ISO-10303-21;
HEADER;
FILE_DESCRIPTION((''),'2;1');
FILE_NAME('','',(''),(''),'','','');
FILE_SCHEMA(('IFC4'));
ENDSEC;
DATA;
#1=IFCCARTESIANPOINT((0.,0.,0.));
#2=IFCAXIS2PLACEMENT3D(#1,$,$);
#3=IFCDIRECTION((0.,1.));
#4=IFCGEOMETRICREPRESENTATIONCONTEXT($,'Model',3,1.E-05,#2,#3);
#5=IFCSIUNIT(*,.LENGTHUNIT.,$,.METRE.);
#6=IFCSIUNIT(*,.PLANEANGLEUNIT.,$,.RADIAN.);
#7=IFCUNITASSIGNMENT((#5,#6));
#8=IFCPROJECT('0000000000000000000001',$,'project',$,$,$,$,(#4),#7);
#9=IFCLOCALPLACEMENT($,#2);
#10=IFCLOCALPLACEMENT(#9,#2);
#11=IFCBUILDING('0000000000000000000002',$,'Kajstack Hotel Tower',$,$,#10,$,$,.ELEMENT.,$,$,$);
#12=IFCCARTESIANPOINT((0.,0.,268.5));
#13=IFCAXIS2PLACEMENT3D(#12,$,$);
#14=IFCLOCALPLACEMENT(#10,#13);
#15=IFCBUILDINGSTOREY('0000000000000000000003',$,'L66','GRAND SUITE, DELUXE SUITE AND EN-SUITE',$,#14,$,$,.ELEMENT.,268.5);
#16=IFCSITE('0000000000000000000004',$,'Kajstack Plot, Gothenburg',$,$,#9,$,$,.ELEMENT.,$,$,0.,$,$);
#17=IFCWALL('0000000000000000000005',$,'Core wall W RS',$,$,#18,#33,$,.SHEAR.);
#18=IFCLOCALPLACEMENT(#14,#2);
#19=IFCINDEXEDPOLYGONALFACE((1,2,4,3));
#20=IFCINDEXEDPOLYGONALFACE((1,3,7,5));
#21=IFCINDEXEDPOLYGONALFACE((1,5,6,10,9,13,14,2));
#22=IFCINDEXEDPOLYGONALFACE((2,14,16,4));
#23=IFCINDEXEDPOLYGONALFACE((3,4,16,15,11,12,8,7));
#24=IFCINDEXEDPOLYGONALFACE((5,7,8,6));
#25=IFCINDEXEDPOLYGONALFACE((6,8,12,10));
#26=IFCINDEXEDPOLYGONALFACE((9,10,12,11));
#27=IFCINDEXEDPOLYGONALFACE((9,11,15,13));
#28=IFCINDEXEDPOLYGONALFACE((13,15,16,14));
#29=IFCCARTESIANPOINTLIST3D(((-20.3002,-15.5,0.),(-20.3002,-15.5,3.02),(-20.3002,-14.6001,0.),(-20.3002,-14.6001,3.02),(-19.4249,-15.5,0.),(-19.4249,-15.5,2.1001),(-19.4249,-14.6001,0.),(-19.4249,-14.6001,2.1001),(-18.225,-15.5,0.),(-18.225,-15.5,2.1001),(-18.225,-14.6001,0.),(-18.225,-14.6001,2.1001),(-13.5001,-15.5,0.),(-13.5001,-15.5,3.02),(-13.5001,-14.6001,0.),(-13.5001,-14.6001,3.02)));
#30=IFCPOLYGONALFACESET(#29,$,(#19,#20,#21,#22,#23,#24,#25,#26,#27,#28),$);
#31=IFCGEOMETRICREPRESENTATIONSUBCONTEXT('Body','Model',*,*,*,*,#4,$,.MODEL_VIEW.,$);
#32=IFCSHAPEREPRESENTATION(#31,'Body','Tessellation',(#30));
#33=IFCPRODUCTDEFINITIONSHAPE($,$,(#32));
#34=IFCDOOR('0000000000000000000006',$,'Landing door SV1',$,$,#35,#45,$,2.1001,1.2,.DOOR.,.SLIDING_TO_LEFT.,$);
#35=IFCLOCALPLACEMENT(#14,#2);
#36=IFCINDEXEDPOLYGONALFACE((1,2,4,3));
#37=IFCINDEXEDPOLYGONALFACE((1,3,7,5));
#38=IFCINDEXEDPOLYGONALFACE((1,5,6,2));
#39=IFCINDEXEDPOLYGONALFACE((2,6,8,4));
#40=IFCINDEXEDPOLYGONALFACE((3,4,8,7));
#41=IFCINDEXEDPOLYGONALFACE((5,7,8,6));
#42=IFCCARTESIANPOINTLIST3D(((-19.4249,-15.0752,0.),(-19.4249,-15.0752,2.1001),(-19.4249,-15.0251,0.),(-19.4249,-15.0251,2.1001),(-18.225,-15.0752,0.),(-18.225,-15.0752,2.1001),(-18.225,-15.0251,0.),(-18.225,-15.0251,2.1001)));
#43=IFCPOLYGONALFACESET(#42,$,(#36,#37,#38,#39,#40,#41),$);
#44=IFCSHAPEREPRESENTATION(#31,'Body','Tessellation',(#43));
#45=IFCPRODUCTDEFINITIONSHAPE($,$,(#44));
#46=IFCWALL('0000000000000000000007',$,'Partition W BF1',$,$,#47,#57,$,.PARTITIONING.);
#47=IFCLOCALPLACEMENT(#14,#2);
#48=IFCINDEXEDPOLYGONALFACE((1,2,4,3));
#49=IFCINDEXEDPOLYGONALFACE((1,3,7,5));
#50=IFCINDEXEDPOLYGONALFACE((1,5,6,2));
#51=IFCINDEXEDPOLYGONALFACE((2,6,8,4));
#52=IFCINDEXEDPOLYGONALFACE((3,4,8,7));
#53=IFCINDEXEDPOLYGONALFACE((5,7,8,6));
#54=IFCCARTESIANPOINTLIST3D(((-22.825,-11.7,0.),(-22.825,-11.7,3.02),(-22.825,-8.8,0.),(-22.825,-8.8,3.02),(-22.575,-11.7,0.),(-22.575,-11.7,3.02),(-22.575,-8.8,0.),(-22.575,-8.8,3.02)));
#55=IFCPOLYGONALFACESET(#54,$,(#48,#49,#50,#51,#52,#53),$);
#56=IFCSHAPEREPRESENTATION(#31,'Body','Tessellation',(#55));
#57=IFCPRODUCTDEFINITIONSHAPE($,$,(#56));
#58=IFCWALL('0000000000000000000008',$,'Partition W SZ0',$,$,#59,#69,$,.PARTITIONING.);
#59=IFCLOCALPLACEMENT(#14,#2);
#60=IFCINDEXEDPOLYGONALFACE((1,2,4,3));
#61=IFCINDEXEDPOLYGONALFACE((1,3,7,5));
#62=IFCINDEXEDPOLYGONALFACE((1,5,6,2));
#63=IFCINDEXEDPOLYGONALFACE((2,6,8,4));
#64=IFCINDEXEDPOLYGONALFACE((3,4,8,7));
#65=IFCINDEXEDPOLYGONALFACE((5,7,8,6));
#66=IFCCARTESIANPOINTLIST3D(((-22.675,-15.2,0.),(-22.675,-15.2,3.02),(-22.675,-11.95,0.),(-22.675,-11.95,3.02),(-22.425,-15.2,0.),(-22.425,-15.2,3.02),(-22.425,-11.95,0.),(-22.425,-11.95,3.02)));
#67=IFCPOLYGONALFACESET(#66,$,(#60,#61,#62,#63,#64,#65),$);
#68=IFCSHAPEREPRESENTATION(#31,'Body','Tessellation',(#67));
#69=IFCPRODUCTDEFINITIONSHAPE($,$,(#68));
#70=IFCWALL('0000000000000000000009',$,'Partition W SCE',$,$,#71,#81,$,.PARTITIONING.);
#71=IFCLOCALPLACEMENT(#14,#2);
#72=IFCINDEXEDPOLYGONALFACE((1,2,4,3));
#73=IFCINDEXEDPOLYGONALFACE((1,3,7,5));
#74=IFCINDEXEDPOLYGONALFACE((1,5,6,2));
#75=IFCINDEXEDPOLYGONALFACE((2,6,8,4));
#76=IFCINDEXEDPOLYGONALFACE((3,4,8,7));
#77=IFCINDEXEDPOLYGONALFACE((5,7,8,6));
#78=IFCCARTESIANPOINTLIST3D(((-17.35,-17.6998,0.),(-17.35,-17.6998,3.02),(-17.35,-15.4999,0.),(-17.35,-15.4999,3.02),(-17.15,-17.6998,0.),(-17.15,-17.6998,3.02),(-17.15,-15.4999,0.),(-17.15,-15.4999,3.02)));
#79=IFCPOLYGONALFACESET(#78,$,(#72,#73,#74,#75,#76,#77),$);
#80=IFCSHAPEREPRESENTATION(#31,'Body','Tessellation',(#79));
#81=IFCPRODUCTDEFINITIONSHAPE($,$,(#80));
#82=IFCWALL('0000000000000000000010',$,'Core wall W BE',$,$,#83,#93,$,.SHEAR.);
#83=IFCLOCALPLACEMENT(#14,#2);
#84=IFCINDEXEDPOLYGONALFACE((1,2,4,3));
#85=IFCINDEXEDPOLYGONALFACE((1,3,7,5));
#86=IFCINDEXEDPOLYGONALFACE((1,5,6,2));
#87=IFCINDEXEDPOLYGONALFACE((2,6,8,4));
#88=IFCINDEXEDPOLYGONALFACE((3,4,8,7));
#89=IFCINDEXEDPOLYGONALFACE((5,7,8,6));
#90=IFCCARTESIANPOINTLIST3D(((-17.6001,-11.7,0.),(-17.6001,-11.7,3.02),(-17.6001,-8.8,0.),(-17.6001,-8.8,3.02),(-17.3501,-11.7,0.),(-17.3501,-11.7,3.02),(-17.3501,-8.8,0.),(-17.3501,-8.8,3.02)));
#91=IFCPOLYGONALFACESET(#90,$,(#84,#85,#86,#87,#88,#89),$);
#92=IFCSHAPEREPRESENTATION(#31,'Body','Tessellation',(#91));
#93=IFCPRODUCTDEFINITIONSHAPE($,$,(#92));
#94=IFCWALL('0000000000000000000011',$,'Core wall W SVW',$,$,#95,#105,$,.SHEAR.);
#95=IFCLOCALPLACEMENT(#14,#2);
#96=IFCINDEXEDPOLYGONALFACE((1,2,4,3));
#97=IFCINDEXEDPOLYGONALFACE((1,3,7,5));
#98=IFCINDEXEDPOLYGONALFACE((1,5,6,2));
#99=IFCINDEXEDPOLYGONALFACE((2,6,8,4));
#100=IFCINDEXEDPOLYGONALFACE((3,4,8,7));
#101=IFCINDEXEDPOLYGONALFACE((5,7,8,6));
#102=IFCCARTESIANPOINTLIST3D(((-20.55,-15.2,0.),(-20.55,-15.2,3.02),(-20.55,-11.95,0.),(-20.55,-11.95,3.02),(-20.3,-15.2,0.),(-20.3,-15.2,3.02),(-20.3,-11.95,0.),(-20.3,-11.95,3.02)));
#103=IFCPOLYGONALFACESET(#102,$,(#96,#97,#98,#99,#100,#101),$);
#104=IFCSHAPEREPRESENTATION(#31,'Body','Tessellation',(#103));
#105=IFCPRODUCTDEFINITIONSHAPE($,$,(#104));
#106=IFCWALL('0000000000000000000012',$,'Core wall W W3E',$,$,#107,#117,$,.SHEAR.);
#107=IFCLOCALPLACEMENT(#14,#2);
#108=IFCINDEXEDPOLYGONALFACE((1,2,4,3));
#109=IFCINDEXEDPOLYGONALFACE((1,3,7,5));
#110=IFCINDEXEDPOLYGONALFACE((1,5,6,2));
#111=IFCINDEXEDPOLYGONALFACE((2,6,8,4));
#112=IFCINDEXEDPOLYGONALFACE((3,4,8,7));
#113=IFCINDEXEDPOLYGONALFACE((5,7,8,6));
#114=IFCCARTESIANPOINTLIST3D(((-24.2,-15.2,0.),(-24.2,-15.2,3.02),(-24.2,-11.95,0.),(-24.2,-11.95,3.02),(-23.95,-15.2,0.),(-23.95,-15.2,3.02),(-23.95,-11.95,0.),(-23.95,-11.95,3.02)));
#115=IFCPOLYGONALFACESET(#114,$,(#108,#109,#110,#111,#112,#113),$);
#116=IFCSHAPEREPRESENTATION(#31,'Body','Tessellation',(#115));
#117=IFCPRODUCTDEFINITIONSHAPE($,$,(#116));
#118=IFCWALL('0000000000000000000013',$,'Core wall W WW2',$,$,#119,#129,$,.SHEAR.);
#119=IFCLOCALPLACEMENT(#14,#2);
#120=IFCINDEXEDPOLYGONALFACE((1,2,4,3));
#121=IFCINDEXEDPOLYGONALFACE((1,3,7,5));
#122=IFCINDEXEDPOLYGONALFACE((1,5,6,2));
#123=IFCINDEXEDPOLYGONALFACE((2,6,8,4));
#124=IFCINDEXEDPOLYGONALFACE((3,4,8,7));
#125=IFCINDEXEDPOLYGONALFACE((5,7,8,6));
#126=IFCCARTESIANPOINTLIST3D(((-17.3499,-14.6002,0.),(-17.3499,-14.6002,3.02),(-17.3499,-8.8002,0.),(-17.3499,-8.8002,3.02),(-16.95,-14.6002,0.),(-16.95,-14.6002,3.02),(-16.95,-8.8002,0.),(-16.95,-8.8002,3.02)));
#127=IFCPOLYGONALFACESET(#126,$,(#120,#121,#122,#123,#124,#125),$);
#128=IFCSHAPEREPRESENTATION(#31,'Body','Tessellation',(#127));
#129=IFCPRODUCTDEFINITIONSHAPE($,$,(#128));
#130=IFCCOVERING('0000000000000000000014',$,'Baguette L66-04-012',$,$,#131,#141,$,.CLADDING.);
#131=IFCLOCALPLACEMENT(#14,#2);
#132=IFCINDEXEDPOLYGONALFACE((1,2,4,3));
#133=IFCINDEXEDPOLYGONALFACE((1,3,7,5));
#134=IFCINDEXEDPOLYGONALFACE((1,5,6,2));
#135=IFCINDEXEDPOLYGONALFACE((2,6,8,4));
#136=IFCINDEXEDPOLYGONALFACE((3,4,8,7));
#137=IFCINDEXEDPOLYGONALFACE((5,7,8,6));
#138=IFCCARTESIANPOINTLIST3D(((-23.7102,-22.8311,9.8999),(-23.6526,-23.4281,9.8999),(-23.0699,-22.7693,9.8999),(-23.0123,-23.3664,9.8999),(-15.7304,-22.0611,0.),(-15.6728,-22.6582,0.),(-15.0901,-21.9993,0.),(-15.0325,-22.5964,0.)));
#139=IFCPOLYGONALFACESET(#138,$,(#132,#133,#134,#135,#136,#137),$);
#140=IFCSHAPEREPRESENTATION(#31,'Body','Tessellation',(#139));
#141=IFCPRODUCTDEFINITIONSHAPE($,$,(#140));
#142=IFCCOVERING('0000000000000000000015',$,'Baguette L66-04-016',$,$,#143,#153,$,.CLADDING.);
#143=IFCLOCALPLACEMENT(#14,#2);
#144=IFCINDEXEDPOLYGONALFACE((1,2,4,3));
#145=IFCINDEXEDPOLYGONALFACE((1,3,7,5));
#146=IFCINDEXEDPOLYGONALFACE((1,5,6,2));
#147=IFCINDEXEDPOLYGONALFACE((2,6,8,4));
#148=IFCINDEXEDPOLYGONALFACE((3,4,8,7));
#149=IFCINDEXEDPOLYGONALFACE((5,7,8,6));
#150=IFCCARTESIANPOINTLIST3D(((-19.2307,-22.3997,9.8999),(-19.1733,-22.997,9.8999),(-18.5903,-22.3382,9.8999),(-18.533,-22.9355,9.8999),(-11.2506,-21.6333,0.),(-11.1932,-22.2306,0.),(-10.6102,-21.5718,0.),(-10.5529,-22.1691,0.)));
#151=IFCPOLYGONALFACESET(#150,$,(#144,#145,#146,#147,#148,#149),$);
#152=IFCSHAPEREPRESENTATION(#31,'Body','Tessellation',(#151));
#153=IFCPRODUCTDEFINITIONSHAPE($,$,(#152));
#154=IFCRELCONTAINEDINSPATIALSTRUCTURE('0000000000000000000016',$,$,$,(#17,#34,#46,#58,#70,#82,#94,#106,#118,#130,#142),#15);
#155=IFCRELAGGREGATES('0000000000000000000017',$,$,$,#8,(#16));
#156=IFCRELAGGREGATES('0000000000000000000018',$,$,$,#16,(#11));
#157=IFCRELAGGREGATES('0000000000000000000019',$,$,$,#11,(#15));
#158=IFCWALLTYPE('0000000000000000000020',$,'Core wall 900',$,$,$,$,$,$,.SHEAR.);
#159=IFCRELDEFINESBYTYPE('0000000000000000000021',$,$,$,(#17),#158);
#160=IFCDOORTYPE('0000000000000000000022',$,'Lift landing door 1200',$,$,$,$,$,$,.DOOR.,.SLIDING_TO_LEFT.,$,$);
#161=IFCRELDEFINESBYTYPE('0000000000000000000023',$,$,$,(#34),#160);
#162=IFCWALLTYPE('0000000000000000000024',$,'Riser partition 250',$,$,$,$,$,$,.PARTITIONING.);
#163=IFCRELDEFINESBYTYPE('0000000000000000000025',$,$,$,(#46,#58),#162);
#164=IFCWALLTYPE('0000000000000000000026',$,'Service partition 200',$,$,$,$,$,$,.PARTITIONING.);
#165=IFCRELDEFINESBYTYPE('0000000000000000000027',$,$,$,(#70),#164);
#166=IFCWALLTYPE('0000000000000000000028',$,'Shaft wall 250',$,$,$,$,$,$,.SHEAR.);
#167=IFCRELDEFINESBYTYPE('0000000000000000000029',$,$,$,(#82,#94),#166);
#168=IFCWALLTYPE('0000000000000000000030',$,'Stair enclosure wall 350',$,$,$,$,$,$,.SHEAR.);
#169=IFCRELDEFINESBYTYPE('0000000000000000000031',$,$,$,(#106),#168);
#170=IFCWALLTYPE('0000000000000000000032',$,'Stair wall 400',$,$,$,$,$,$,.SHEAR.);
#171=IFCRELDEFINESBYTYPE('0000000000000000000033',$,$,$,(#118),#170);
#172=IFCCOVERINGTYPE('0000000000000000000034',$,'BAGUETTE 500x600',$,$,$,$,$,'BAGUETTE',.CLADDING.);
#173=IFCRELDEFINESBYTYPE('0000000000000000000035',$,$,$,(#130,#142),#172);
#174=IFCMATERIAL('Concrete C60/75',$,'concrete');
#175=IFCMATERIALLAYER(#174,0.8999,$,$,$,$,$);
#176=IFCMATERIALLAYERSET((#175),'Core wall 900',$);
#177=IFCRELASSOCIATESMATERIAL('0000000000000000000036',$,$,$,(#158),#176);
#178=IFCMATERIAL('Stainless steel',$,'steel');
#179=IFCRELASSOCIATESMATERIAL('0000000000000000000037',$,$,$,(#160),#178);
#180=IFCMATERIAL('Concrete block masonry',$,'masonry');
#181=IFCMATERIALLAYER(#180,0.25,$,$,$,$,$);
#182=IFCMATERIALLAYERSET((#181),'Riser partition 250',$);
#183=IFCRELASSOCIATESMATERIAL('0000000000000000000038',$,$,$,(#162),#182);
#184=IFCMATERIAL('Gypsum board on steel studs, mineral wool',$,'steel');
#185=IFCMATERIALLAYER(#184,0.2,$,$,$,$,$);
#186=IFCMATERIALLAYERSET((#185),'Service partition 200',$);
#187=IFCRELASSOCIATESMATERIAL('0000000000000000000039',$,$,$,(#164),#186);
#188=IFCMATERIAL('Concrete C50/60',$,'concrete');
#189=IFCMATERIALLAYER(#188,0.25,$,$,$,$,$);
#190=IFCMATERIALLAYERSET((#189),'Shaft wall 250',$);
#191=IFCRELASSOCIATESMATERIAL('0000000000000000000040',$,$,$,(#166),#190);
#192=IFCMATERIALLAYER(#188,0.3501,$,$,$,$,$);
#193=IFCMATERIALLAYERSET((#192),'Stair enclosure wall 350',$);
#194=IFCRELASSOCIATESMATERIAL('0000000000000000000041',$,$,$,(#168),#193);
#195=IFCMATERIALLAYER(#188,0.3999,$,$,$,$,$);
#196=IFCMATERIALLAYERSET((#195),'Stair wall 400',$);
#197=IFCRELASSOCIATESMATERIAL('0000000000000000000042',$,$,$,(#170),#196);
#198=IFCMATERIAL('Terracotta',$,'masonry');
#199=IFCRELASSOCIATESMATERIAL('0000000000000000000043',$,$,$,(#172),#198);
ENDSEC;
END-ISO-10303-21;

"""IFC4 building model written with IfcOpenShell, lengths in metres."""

from ifc_helpers import new_model, si_unit, direction, frame, frame_2d, origin, origin_2d, place, context, subcontext, project, spatial, polyline, rectangle, outline, extrude, material, layer, layer_set, material_profile, profile_set, type_object, element, fill, save


model = new_model("IFC4")

# Units and contexts
model_context = context("Model", 3, precision=1e-05, world=origin(), true_north=direction((0.0, 1.0)))
body_context = subcontext(model_context, "Body", "Model", "MODEL_VIEW")
ifc_project = project(units=[si_unit("LENGTHUNIT", "METRE"), si_unit("PLANEANGLEUNIT", "RADIAN")], contexts=[model_context])

# Site, building, storey
site_placement = place(None, origin())
site = spatial("IfcSite", under=ifc_project, at=site_placement, Name="Kajstack Plot, Gothenburg", CompositionType="ELEMENT", RefElevation=0.0)
building_placement = place(site_placement, origin())
building = spatial("IfcBuilding", under=site, at=building_placement, Name="Kajstack Hotel Tower", CompositionType="ELEMENT")
storey_placement = place(building_placement, frame((0.0, 0.0, 268.5)))
storey = spatial("IfcBuildingStorey", under=building, at=storey_placement, Name="L66", Description="GRAND SUITE, DELUXE SUITE AND EN-SUITE", CompositionType="ELEMENT", Elevation=268.5)

# Wall, opening, door
ifc_material_1 = material(Name="Concrete C60/75", Category="concrete")
ifc_layer_1 = layer(ifc_material_1, 0.8999)
ifc_layer_set_1 = layer_set([ifc_layer_1], Name="Core wall 900")
wall_type_1 = type_object("IfcWallType", Name="Core wall 900", PredefinedType="SHEAR", material=ifc_layer_set_1)
wall_1_placement = place(storey_placement, frame((-20.3, -15.05, 0.0), z_axis=(0.0, 0.0, 1.0), x_axis=(1.0, 0.0, 0.0)))
wall_1 = element("IfcWall", 1, at=wall_1_placement, inside=storey, type_object=wall_type_1, Name="Core wall W RS", PredefinedType="SHEAR", context=body_context, shape_type="SweptSolid", body=[
    extrude(rectangle(XDim=6.8, YDim=0.8999, at=frame_2d((3.3999, 0.0))), origin(), (0.0, 0.0, 1.0), 3.02),
])
opening_placement = place(wall_1_placement, frame((0.875, 0.0, 0.0)))
opening = element("IfcOpeningElement", 2, at=opening_placement, cuts=wall_1, PredefinedType="OPENING", context=body_context, shape_type="SweptSolid", body=[
    extrude(rectangle(XDim=1.2, YDim=2.1001, at=frame_2d((0.6001, 1.05))), frame((0.0, 0.46, 0.0), z_axis=(0.0, -1.0, 0.0), x_axis=(1.0, 0.0, 0.0)), (0.0, 0.0, 1.0), 0.9199),
])
ifc_material_2 = material(Name="Stainless steel", Category="steel")
door_type = type_object("IfcDoorType", Name="Lift landing door 1200", OperationType="SLIDING_TO_LEFT", PredefinedType="DOOR", material=ifc_material_2)
door_placement = place(opening_placement, origin())
door = element("IfcDoor", 3, at=door_placement, inside=storey, type_object=door_type, Name="Landing door SV1", OperationType="SLIDING_TO_LEFT", OverallHeight=2.1001, OverallWidth=1.2, PredefinedType="DOOR", context=body_context, shape_type="SweptSolid", body=[
    extrude(rectangle(XDim=1.2, YDim=2.1001, at=frame_2d((0.6001, 1.05))), frame((0.0, 0.0249, 0.0), z_axis=(0.0, -1.0, 0.0), x_axis=(1.0, 0.0, 0.0)), (0.0, 0.0, 1.0), 0.05),
])
fill(opening, door)

# Walls
ifc_material_3 = material(Name="Concrete block masonry", Category="masonry")
ifc_layer_2 = layer(ifc_material_3, 0.25)
ifc_layer_set_2 = layer_set([ifc_layer_2], Name="Riser partition 250")
wall_type_2 = type_object("IfcWallType", Name="Riser partition 250", PredefinedType="PARTITIONING", material=ifc_layer_set_2)
wall_2_placement = place(storey_placement, frame((-22.7, -11.7, 0.0), z_axis=(0.0, 0.0, 1.0), x_axis=(0.0, 1.0, 0.0)))
element("IfcWall", 4, at=wall_2_placement, inside=storey, type_object=wall_type_2, Name="Partition W BF1", PredefinedType="PARTITIONING", context=body_context, shape_type="SweptSolid", body=[
    extrude(rectangle(XDim=2.8999, YDim=0.25, at=frame_2d((1.45, 0.0))), origin(), (0.0, 0.0, 1.0), 3.02),
])
wall_3_placement = place(storey_placement, frame((-22.55, -15.2, 0.0), z_axis=(0.0, 0.0, 1.0), x_axis=(0.0, 1.0, 0.0)))
element("IfcWall", 5, at=wall_3_placement, inside=storey, type_object=wall_type_2, Name="Partition W SZ0", PredefinedType="PARTITIONING", context=body_context, shape_type="SweptSolid", body=[
    extrude(rectangle(XDim=3.25, YDim=0.25, at=frame_2d((1.625, 0.0))), origin(), (0.0, 0.0, 1.0), 3.02),
])
ifc_material_4 = material(Name="Gypsum board on steel studs, mineral wool", Category="steel")
ifc_layer_3 = layer(ifc_material_4, 0.2)
ifc_layer_set_3 = layer_set([ifc_layer_3], Name="Service partition 200")
wall_type_3 = type_object("IfcWallType", Name="Service partition 200", PredefinedType="PARTITIONING", material=ifc_layer_set_3)
wall_4_placement = place(storey_placement, frame((-17.25, -17.7, 0.0), z_axis=(0.0, 0.0, 1.0), x_axis=(0.0, 1.0, 0.0)))
element("IfcWall", 6, at=wall_4_placement, inside=storey, type_object=wall_type_3, Name="Partition W SCE", PredefinedType="PARTITIONING", context=body_context, shape_type="SweptSolid", body=[
    extrude(rectangle(XDim=2.2, YDim=0.2, at=frame_2d((1.1001, 0.0))), origin(), (0.0, 0.0, 1.0), 3.02),
])
ifc_material_5 = material(Name="Concrete C50/60", Category="concrete")
ifc_layer_4 = layer(ifc_material_5, 0.25)
ifc_layer_set_4 = layer_set([ifc_layer_4], Name="Shaft wall 250")
wall_type_4 = type_object("IfcWallType", Name="Shaft wall 250", PredefinedType="SHEAR", material=ifc_layer_set_4)
wall_5_placement = place(storey_placement, frame((-17.4751, -11.7, 0.0), z_axis=(0.0, 0.0, 1.0), x_axis=(0.0, 1.0, 0.0)))
element("IfcWall", 7, at=wall_5_placement, inside=storey, type_object=wall_type_4, Name="Core wall W BE", PredefinedType="SHEAR", context=body_context, shape_type="SweptSolid", body=[
    extrude(rectangle(XDim=2.8999, YDim=0.25, at=frame_2d((1.45, 0.0))), origin(), (0.0, 0.0, 1.0), 3.02),
])
wall_6_placement = place(storey_placement, frame((-20.425, -15.2, 0.0), z_axis=(0.0, 0.0, 1.0), x_axis=(0.0, 1.0, 0.0)))
element("IfcWall", 8, at=wall_6_placement, inside=storey, type_object=wall_type_4, Name="Core wall W SVW", PredefinedType="SHEAR", context=body_context, shape_type="SweptSolid", body=[
    extrude(rectangle(XDim=3.25, YDim=0.25, at=frame_2d((1.625, 0.0))), origin(), (0.0, 0.0, 1.0), 3.02),
])
ifc_layer_5 = layer(ifc_material_5, 0.3501)
ifc_layer_set_5 = layer_set([ifc_layer_5], Name="Stair enclosure wall 350")
wall_type_5 = type_object("IfcWallType", Name="Stair enclosure wall 350", PredefinedType="SHEAR", material=ifc_layer_set_5)
wall_7_placement = place(storey_placement, frame((-24.075, -15.2, 0.0), z_axis=(0.0, 0.0, 1.0), x_axis=(0.0, 1.0, 0.0)))
element("IfcWall", 9, at=wall_7_placement, inside=storey, type_object=wall_type_5, Name="Core wall W W3E", PredefinedType="SHEAR", context=body_context, shape_type="SweptSolid", body=[
    extrude(rectangle(XDim=3.25, YDim=0.25, at=frame_2d((1.625, 0.0))), origin(), (0.0, 0.0, 1.0), 3.02),
])
ifc_layer_6 = layer(ifc_material_5, 0.3999)
ifc_layer_set_6 = layer_set([ifc_layer_6], Name="Stair wall 400")
wall_type_6 = type_object("IfcWallType", Name="Stair wall 400", PredefinedType="SHEAR", material=ifc_layer_set_6)
wall_8_placement = place(storey_placement, frame((-17.1499, -14.6001, 0.0), z_axis=(0.0, 0.0, 1.0), x_axis=(0.0, 1.0, 0.0)))
element("IfcWall", 10, at=wall_8_placement, inside=storey, type_object=wall_type_6, Name="Core wall W WW2", PredefinedType="SHEAR", context=body_context, shape_type="SweptSolid", body=[
    extrude(rectangle(XDim=5.8, YDim=0.3999, at=frame_2d((2.8999, 0.0))), origin(), (0.0, 0.0, 1.0), 3.02),
])

# Coverings
ifc_material_6 = material(Name="Terracotta", Category="masonry")
ifc_material_profile = material_profile(ifc_material_6, rectangle(XDim=0.6001, YDim=0.5, at=origin_2d()), Name="Terracotta-clad concrete baguette 500 x 600")
ifc_profile_set = profile_set([ifc_material_profile], Name="Terracotta")
covering_type = type_object("IfcCoveringType", Name="BAGUETTE 500x600", ElementType="BAGUETTE", PredefinedType="CLADDING", material=ifc_profile_set)
covering_1_placement = place(storey_placement, frame((-23.7102, -22.8311, 0.0), z_axis=(0.096038, -0.995378, 0.0), x_axis=(0.995378, 0.096038, 0.0)))
element("IfcCovering", 11, at=covering_1_placement, inside=storey, type_object=covering_type, Name="Baguette L66-04-012", PredefinedType="CLADDING", context=body_context, shape_type="SweptSolid", body=[
    extrude(outline(polyline([(0.0, 9.8999), (8.0168, 0.0), (8.6602, 0.0), (0.6433, 9.8999), (0.0, 9.8999)])), origin(), (0.0, 0.0, 1.0), 0.5999),
])
covering_2_placement = place(storey_placement, frame((-19.2307, -22.3997, 0.0), z_axis=(0.095596, -0.99542, 0.0), x_axis=(0.99542, 0.095596, 0.0)))
element("IfcCovering", 12, at=covering_2_placement, inside=storey, type_object=covering_type, Name="Baguette L66-04-016", PredefinedType="CLADDING", context=body_context, shape_type="SweptSolid", body=[
    extrude(outline(polyline([(0.0, 9.8999), (8.0168, 0.0), (8.6602, 0.0), (0.6433, 9.8999), (0.0, 9.8999)])), origin(), (0.0, 0.0, 1.0), 0.6001),
])

save(model, "model.ifc")
